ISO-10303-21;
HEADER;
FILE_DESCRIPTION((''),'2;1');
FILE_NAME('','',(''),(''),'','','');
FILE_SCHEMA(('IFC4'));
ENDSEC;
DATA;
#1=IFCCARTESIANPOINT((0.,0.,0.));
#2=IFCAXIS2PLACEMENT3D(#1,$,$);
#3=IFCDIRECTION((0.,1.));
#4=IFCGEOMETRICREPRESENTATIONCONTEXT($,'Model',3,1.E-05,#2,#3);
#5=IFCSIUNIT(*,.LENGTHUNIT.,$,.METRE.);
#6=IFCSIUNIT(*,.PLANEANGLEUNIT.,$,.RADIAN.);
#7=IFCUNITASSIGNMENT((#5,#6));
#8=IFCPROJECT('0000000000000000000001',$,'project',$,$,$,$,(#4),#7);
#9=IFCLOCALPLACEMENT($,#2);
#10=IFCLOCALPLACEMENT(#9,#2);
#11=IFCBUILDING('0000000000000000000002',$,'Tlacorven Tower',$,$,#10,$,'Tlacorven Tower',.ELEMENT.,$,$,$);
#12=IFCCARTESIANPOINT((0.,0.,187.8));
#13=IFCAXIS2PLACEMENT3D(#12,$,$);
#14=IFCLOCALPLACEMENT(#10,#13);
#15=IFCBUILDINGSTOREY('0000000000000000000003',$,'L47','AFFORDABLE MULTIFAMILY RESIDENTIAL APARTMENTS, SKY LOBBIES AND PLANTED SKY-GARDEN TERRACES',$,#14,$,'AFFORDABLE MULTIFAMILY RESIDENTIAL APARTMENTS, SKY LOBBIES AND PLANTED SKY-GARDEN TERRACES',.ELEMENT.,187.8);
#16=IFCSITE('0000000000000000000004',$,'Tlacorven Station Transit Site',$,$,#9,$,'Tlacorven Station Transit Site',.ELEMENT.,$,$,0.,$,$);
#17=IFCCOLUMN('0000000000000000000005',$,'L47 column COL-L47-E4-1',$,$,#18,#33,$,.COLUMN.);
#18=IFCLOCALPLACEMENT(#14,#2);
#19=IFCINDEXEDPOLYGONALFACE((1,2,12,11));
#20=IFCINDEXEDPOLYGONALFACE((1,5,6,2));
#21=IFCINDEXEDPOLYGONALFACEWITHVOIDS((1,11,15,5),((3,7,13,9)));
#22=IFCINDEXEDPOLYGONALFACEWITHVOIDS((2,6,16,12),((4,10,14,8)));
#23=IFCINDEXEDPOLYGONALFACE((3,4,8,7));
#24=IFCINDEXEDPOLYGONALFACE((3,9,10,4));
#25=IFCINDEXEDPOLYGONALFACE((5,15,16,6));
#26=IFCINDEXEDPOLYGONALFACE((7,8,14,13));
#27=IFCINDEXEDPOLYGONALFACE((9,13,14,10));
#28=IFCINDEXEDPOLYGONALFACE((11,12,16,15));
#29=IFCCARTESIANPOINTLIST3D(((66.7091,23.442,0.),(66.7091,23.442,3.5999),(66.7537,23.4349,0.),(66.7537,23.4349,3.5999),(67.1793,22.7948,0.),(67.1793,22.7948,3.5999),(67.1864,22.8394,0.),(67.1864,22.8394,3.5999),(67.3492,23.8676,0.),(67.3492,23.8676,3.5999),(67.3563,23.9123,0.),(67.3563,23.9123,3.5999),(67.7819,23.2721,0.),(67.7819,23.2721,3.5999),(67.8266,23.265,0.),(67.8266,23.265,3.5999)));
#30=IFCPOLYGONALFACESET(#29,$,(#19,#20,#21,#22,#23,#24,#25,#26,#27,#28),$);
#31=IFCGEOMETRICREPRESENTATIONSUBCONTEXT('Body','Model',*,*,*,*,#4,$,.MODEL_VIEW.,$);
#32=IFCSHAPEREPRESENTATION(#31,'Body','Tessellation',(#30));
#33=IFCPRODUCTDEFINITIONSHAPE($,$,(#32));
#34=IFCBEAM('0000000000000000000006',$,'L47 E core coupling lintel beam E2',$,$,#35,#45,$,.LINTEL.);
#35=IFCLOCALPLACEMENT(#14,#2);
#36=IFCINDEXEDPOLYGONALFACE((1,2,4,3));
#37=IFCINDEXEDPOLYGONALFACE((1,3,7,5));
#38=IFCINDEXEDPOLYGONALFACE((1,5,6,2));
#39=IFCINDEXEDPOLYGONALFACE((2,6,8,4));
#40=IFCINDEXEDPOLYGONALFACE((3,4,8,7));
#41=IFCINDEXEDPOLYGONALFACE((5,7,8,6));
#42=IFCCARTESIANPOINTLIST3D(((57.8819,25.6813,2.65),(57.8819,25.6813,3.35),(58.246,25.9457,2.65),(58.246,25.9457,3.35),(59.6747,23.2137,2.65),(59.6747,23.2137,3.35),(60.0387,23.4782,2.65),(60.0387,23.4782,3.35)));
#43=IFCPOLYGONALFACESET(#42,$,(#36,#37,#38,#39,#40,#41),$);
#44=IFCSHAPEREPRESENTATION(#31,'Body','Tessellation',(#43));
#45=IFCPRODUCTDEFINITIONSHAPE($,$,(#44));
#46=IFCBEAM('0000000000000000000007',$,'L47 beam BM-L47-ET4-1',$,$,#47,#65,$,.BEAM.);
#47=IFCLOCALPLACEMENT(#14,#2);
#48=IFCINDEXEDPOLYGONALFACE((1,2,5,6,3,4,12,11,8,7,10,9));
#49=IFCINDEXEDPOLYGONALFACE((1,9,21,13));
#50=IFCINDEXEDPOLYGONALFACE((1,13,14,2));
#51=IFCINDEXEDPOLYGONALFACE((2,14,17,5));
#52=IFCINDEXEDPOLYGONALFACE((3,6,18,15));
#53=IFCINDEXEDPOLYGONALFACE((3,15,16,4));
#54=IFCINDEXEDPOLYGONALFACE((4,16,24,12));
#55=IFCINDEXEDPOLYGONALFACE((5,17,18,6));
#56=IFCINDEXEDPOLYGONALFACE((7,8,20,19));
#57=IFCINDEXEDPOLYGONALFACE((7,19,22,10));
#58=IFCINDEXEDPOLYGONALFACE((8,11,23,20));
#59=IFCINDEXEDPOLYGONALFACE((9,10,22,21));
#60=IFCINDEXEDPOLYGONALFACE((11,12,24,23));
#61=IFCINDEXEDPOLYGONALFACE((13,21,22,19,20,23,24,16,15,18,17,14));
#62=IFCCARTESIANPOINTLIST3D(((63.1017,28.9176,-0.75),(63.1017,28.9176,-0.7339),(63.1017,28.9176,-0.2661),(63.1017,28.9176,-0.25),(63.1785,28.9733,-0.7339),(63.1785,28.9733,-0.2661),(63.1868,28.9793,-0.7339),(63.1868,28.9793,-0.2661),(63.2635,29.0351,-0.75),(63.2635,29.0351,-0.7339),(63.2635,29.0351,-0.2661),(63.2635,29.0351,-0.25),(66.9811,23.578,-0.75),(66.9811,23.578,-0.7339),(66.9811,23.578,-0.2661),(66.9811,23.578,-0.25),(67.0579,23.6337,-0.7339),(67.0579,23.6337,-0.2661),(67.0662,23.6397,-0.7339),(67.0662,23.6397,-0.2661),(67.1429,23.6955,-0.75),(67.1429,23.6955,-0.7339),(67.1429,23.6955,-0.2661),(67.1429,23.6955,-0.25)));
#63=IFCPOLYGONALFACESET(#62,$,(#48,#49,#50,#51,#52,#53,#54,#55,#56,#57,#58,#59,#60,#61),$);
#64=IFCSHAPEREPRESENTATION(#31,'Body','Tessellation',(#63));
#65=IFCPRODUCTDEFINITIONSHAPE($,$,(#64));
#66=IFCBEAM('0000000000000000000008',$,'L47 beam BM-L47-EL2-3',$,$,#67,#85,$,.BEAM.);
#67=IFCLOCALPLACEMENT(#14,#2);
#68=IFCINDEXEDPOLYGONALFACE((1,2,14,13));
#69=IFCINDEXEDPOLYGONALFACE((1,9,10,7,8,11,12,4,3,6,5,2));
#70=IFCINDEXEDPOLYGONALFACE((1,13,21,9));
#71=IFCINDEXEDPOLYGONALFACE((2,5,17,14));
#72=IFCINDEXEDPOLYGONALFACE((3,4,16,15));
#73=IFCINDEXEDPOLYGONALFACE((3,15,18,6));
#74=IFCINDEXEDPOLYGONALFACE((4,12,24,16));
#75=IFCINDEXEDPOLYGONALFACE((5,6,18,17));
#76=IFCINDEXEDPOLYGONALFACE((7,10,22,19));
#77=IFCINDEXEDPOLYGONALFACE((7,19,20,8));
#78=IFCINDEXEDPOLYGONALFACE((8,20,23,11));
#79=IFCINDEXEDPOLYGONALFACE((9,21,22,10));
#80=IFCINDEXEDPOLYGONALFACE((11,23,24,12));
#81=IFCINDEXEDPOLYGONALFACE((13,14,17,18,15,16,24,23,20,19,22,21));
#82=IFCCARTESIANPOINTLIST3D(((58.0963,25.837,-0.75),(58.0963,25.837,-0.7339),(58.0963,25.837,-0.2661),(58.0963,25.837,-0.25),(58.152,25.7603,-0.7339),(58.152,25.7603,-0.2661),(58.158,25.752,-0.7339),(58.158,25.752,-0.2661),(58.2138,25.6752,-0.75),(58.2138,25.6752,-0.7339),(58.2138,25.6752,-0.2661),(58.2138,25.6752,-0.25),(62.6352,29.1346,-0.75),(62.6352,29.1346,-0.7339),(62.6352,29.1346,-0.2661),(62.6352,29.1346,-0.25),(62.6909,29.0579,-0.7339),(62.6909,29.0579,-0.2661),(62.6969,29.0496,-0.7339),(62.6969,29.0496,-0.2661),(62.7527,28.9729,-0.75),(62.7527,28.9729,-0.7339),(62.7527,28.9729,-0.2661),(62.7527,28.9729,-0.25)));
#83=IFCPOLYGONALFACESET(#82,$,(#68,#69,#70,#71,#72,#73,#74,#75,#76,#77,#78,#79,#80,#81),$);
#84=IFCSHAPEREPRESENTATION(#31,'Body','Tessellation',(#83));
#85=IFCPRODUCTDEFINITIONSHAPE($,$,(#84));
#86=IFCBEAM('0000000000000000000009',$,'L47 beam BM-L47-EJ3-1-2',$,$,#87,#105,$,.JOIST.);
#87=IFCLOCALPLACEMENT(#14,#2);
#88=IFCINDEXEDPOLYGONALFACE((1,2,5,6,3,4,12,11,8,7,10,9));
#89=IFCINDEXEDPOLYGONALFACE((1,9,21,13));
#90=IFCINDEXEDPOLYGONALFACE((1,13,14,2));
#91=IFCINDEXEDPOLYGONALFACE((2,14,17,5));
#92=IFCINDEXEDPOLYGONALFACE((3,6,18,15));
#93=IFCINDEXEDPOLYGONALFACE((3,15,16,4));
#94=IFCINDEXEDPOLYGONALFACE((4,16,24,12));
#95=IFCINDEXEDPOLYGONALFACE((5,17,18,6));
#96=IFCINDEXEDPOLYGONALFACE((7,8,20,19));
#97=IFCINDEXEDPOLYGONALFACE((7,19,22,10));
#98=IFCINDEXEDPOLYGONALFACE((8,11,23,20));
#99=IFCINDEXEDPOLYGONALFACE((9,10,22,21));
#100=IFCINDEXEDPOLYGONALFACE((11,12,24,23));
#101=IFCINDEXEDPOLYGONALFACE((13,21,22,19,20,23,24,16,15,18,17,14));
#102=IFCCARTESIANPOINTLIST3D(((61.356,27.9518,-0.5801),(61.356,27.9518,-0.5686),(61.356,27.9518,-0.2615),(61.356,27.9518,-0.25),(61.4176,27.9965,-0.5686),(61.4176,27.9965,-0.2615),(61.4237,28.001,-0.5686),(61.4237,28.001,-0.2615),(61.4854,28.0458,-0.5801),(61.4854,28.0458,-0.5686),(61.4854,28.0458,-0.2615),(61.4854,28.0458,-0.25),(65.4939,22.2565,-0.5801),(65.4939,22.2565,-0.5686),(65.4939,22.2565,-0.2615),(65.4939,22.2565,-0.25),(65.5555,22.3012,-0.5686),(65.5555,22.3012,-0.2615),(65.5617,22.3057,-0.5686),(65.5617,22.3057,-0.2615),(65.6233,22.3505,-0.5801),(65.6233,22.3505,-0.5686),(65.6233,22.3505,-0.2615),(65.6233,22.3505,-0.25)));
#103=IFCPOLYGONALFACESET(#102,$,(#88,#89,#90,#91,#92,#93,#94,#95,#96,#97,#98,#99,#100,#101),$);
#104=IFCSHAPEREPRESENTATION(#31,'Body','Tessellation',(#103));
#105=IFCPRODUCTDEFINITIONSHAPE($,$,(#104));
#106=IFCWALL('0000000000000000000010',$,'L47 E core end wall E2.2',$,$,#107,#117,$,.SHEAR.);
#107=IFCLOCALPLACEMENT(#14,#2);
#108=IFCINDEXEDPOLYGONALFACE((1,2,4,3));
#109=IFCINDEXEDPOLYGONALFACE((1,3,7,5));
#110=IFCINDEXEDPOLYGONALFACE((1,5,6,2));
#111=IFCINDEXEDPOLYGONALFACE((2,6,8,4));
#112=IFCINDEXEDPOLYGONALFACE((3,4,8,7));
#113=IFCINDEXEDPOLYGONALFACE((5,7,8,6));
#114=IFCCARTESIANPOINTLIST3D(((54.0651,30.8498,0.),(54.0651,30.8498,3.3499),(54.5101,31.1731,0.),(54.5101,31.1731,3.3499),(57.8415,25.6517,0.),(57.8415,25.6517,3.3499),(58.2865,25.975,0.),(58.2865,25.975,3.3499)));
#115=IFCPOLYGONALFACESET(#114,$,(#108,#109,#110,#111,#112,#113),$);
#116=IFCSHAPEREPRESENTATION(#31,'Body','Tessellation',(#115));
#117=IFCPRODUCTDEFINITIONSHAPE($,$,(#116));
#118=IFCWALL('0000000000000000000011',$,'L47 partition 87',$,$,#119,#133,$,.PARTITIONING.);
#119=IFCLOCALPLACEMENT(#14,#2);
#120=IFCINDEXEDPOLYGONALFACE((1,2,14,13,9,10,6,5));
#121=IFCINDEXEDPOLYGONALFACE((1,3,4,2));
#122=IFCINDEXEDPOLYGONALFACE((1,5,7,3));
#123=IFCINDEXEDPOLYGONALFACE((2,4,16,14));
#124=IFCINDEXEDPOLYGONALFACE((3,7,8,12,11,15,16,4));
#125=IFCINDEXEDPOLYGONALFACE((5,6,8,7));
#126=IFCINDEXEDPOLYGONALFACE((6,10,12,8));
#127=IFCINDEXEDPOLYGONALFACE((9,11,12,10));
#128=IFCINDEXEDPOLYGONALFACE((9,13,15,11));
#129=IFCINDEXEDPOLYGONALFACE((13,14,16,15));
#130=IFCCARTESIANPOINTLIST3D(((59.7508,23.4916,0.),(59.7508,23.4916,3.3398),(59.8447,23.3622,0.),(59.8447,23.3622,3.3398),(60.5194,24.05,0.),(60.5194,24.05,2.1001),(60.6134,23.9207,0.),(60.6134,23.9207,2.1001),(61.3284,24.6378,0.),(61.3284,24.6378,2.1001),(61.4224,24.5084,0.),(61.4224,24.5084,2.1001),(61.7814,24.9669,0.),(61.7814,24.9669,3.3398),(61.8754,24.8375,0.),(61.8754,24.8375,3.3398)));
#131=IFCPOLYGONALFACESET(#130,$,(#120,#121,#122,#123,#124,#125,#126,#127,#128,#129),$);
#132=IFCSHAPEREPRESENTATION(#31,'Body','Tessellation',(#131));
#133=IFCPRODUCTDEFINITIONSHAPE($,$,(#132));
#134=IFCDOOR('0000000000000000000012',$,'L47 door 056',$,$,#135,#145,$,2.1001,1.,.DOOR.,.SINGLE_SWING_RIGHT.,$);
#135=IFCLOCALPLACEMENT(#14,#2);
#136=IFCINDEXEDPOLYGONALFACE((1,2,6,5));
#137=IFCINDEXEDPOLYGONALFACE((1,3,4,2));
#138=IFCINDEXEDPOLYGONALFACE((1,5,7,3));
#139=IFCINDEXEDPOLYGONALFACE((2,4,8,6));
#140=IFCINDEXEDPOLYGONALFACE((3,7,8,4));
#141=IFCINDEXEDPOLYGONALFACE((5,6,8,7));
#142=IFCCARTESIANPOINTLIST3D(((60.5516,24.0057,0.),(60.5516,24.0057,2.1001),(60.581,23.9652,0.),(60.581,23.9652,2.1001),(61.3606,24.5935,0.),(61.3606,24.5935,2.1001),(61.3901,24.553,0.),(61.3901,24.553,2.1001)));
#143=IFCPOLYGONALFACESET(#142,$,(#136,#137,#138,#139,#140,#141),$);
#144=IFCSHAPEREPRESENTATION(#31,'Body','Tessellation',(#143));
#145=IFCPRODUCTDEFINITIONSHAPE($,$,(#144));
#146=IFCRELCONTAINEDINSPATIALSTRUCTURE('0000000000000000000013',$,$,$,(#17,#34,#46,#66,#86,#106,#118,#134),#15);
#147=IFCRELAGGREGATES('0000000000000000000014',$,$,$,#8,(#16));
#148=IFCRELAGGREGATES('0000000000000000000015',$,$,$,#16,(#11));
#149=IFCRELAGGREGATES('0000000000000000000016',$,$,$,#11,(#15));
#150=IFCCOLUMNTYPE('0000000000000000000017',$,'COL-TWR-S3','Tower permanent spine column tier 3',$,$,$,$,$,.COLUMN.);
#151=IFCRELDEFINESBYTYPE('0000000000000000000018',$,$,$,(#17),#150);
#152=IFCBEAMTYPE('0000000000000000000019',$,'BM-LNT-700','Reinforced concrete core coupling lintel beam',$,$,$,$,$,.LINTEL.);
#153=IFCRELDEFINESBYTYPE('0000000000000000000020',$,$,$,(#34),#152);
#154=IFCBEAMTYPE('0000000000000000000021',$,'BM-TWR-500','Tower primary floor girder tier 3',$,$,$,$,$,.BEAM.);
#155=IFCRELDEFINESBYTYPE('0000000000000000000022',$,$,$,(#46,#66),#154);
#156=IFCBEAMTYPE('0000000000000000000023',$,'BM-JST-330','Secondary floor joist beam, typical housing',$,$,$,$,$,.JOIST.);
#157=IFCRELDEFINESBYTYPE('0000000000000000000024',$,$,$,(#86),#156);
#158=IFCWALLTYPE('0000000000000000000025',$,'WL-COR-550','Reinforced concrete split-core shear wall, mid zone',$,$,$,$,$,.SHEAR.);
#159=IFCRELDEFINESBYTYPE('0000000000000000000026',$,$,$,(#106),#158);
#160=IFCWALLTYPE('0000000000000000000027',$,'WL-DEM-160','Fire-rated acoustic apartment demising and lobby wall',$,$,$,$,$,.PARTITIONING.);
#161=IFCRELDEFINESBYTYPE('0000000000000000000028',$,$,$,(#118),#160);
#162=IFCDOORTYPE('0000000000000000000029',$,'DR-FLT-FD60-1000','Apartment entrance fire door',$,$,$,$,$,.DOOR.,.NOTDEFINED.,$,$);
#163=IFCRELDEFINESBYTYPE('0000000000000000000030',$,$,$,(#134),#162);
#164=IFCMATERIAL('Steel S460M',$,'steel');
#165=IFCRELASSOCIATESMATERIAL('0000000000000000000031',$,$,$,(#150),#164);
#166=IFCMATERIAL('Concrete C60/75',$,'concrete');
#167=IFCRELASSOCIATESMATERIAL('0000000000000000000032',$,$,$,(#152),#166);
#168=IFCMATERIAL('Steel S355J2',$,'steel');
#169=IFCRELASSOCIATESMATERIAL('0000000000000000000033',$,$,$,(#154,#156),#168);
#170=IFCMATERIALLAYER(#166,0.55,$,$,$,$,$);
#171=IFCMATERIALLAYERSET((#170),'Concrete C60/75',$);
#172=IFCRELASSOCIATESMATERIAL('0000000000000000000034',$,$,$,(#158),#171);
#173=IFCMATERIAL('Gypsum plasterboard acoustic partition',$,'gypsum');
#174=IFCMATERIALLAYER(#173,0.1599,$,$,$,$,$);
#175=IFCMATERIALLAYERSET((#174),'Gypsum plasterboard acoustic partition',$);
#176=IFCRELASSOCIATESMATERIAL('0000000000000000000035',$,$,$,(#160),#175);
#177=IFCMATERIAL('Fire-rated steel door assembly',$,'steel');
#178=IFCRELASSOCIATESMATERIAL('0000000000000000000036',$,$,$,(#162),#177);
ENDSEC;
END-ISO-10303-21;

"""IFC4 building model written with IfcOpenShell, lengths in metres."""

from ifc_helpers import new_model, si_unit, direction, frame, frame_2d, origin, origin_2d, place, context, subcontext, project, spatial, rectangle, hollow_rectangle, i_section, extrude, source, transform, mapped, material, layer, layer_set, material_profile, profile_set, type_object, element, fill, save


model = new_model("IFC4")

# Units and contexts
model_context = context("Model", 3, precision=1e-05, world=origin(), true_north=direction((0.0, 1.0)))
body_context = subcontext(model_context, "Body", "Model", "MODEL_VIEW")
ifc_project = project(units=[si_unit("LENGTHUNIT", "METRE"), si_unit("PLANEANGLEUNIT", "RADIAN")], contexts=[model_context])

# Site, building, storey
site_placement = place(None, origin())
site = spatial("IfcSite", under=ifc_project, at=site_placement, Name="Tlacorven Station Transit Site", LongName="Tlacorven Station Transit Site", CompositionType="ELEMENT", RefElevation=0.0)
building_placement = place(site_placement, origin())
building = spatial("IfcBuilding", under=site, at=building_placement, Name="Tlacorven Tower", LongName="Tlacorven Tower", CompositionType="ELEMENT")
storey_placement = place(building_placement, frame((0.0, 0.0, 187.8)))
storey = spatial("IfcBuildingStorey", under=building, at=storey_placement, Name="L47", Description="AFFORDABLE MULTIFAMILY RESIDENTIAL APARTMENTS, SKY LOBBIES AND PLANTED SKY-GARDEN TERRACES", LongName="AFFORDABLE MULTIFAMILY RESIDENTIAL APARTMENTS, SKY LOBBIES AND PLANTED SKY-GARDEN TERRACES", CompositionType="ELEMENT", Elevation=187.8)

# Column
ifc_material_1 = material(Name="Steel S460M", Category="steel")
ifc_material_profile_1 = material_profile(ifc_material_1, hollow_rectangle(XDim=0.8, YDim=0.8, WallThickness=0.032, at=origin_2d()), Name="BOX 800X800X32")
ifc_profile_set_1 = profile_set([ifc_material_profile_1], Name="Steel S460M")
column_type = type_object("IfcColumnType", Name="COL-TWR-S3", Description="Tower permanent spine column tier 3", PredefinedType="COLUMN", material=ifc_profile_set_1)
shared_shape_1 = source(origin(), body_context, "Body", "SweptSolid", [
    extrude(hollow_rectangle(XDim=0.8, YDim=0.8, WallThickness=0.032, at=origin_2d()), origin(), (0.0, 0.0, 1.0), 3.5999),
])
column_placement = place(storey_placement, frame((67.2678, 23.3535, 0.0), z_axis=(0.0, 0.0, 1.0), x_axis=(0.809017, 0.587785, 0.0)))
element("IfcColumn", 1, at=column_placement, inside=storey, type_object=column_type, Name="L47 column COL-L47-E4-1", PredefinedType="COLUMN", context=body_context, shape_type="MappedRepresentation", body=[
    mapped(shared_shape_1, transform((0.0, 0.0, 0.0), scale=1.0)),
])

# Beams
ifc_material_2 = material(Name="Concrete C60/75", Category="concrete")
ifc_material_profile_2 = material_profile(ifc_material_2, rectangle(XDim=0.45, YDim=0.7, at=origin_2d()), Name="RC 450X700")
ifc_profile_set_2 = profile_set([ifc_material_profile_2], Name="Concrete C60/75")
beam_type_1 = type_object("IfcBeamType", Name="BM-LNT-700", Description="Reinforced concrete core coupling lintel beam", PredefinedType="LINTEL", material=ifc_profile_set_2)
shared_shape_2 = source(origin(), body_context, "Body", "SweptSolid", [
    extrude(rectangle(XDim=0.45, YDim=0.7, at=origin_2d()), origin(), (0.0, 0.0, 1.0), 3.05),
])
beam_1_placement = place(storey_placement, frame((59.8567, 23.3459, 3.0), z_axis=(-0.587777, 0.809023, 0.0), x_axis=(-0.809023, -0.587777, 0.0)))
element("IfcBeam", 2, at=beam_1_placement, inside=storey, type_object=beam_type_1, Name="L47 E core coupling lintel beam E2", PredefinedType="LINTEL", context=body_context, shape_type="MappedRepresentation", body=[
    mapped(shared_shape_2, transform((0.0, 0.0, 0.0), scale=1.0)),
])
ifc_material_3 = material(Name="Steel S355J2", Category="steel")
ifc_material_profile_3 = material_profile(ifc_material_3, i_section(OverallWidth=0.2, OverallDepth=0.5, WebThickness=0.0103, FlangeThickness=0.0161, at=origin_2d()), Name="IPE 500")
ifc_profile_set_3 = profile_set([ifc_material_profile_3], Name="Steel S355J2")
beam_type_2 = type_object("IfcBeamType", Name="BM-TWR-500", Description="Tower primary floor girder tier 3", PredefinedType="BEAM", material=ifc_profile_set_3)
shared_shape_3 = source(origin(), body_context, "Body", "SweptSolid", [
    extrude(i_section(OverallWidth=0.2, OverallDepth=0.5, WebThickness=0.0103, FlangeThickness=0.0161, at=origin_2d()), origin(), (0.0, 0.0, 1.0), 6.6001),
])
beam_2_placement = place(storey_placement, frame((67.062, 23.6367, -0.5), z_axis=(-0.58778, 0.809021, 0.0), x_axis=(-0.809021, -0.58778, 0.0)))
element("IfcBeam", 3, at=beam_2_placement, inside=storey, type_object=beam_type_2, Name="L47 beam BM-L47-ET4-1", PredefinedType="BEAM", context=body_context, shape_type="MappedRepresentation", body=[
    mapped(shared_shape_3, transform((0.0, 0.0, 0.0), scale=1.0)),
])
shared_shape_4 = source(origin(), body_context, "Body", "SweptSolid", [
    extrude(i_section(OverallWidth=0.2, OverallDepth=0.5, WebThickness=0.0103, FlangeThickness=0.0161, at=origin_2d()), origin(), (0.0, 0.0, 1.0), 5.6104),
])
beam_3_placement = place(storey_placement, frame((58.155, 25.7561, -0.5), z_axis=(0.80902, 0.587781, 0.0), x_axis=(-0.587781, 0.80902, 0.0)))
element("IfcBeam", 4, at=beam_3_placement, inside=storey, type_object=beam_type_2, Name="L47 beam BM-L47-EL2-3", PredefinedType="BEAM", context=body_context, shape_type="MappedRepresentation", body=[
    mapped(shared_shape_4, transform((0.0, 0.0, 0.0), scale=1.0)),
])
ifc_material_profile_4 = material_profile(ifc_material_3, i_section(OverallWidth=0.1599, OverallDepth=0.3301, WebThickness=0.0076, FlangeThickness=0.0115, at=origin_2d()), Name="IPE 330")
ifc_profile_set_4 = profile_set([ifc_material_profile_4], Name="Steel S355J2")
beam_type_3 = type_object("IfcBeamType", Name="BM-JST-330", Description="Secondary floor joist beam, typical housing", PredefinedType="JOIST", material=ifc_profile_set_4)
shared_shape_5 = source(origin(), body_context, "Body", "SweptSolid", [
    extrude(i_section(OverallWidth=0.1599, OverallDepth=0.3301, WebThickness=0.0076, FlangeThickness=0.0115, at=origin_2d()), origin(), (0.0, 0.0, 1.0), 7.0398),
])
beam_4_placement = place(storey_placement, frame((65.5586, 22.3035, -0.415), z_axis=(-0.58779, 0.809013, 0.0), x_axis=(-0.809013, -0.58779, 0.0)))
element("IfcBeam", 5, at=beam_4_placement, inside=storey, type_object=beam_type_3, Name="L47 beam BM-L47-EJ3-1-2", PredefinedType="JOIST", context=body_context, shape_type="MappedRepresentation", body=[
    mapped(shared_shape_5, transform((0.0, 0.0, 0.0), scale=1.0)),
])

# Wall
ifc_layer_1 = layer(ifc_material_2, 0.55)
ifc_layer_set_1 = layer_set([ifc_layer_1], Name="Concrete C60/75")
wall_type_1 = type_object("IfcWallType", Name="WL-COR-550", Description="Reinforced concrete split-core shear wall, mid zone", PredefinedType="SHEAR", material=ifc_layer_set_1)
wall_1_placement = place(storey_placement, frame((58.064, 25.8135, 0.0), z_axis=(0.0, 0.0, 1.0), x_axis=(-0.587765, 0.809032, 0.0)))
element("IfcWall", 6, at=wall_1_placement, inside=storey, type_object=wall_type_1, Name="L47 E core end wall E2.2", PredefinedType="SHEAR", context=body_context, shape_type="SweptSolid", body=[
    extrude(rectangle(XDim=6.425, YDim=0.55, at=frame_2d((3.2124, 0.0))), origin(), (0.0, 0.0, 1.0), 3.3499),
])

# Wall, opening, door
ifc_material_4 = material(Name="Gypsum plasterboard acoustic partition", Category="gypsum")
ifc_layer_2 = layer(ifc_material_4, 0.1599)
ifc_layer_set_2 = layer_set([ifc_layer_2], Name="Gypsum plasterboard acoustic partition")
wall_type_2 = type_object("IfcWallType", Name="WL-DEM-160", Description="Fire-rated acoustic apartment demising and lobby wall", PredefinedType="PARTITIONING", material=ifc_layer_set_2)
wall_2_placement = place(storey_placement, frame((59.7979, 23.427, 0.0), z_axis=(0.0, 0.0, 1.0), x_axis=(0.809035, 0.587761, 0.0)))
wall_2 = element("IfcWall", 7, at=wall_2_placement, inside=storey, type_object=wall_type_2, Name="L47 partition 87", PredefinedType="PARTITIONING", context=body_context, shape_type="SweptSolid", body=[
    extrude(rectangle(XDim=2.51, YDim=0.1599, at=frame_2d((1.2549, 0.0))), origin(), (0.0, 0.0, 1.0), 3.3398),
])
opening_1_placement = place(wall_2_placement, frame((0.95, 0.0, 0.0)))
opening_1 = element("IfcOpeningElement", 8, at=opening_1_placement, cuts=wall_2, PredefinedType="OPENING", context=body_context, shape_type="SweptSolid", body=[
    extrude(rectangle(XDim=1.0, YDim=2.1001, at=frame_2d((0.5, 1.05))), frame((0.0, 0.0898, 0.0), z_axis=(0.0, -1.0, 0.0), x_axis=(1.0, 0.0, 0.0)), (0.0, 0.0, 1.0), 0.1799),
])
ifc_material_5 = material(Name="Fire-rated steel door assembly", Category="steel")
door_type_1 = type_object("IfcDoorType", Name="DR-FLT-FD60-1000", Description="Apartment entrance fire door", OperationType="NOTDEFINED", PredefinedType="DOOR", material=ifc_material_5)
shared_shape_6 = source(origin(), body_context, "Body", "SweptSolid", [
    extrude(rectangle(XDim=1.0, YDim=2.1001, at=frame_2d((0.5, 1.05))), frame((0.0, 0.0249, 0.0), z_axis=(0.0, -1.0, 0.0), x_axis=(1.0, 0.0, 0.0)), (0.0, 0.0, 1.0), 0.05),
])
door_1_placement = place(opening_1_placement, frame((1.0, 0.0, 0.0), z_axis=(0.0, 0.0, 1.0), x_axis=(-1.0, 0.0, 0.0)))
door_1 = element("IfcDoor", 9, at=door_1_placement, inside=storey, type_object=door_type_1, Name="L47 door 056", OperationType="SINGLE_SWING_RIGHT", OverallHeight=2.1001, OverallWidth=1.0, PredefinedType="DOOR", context=body_context, shape_type="MappedRepresentation", body=[
    mapped(shared_shape_6, transform((0.0, 0.0, 0.0), scale=1.0)),
])
fill(opening_1, door_1)

save(model, "model.ifc")
